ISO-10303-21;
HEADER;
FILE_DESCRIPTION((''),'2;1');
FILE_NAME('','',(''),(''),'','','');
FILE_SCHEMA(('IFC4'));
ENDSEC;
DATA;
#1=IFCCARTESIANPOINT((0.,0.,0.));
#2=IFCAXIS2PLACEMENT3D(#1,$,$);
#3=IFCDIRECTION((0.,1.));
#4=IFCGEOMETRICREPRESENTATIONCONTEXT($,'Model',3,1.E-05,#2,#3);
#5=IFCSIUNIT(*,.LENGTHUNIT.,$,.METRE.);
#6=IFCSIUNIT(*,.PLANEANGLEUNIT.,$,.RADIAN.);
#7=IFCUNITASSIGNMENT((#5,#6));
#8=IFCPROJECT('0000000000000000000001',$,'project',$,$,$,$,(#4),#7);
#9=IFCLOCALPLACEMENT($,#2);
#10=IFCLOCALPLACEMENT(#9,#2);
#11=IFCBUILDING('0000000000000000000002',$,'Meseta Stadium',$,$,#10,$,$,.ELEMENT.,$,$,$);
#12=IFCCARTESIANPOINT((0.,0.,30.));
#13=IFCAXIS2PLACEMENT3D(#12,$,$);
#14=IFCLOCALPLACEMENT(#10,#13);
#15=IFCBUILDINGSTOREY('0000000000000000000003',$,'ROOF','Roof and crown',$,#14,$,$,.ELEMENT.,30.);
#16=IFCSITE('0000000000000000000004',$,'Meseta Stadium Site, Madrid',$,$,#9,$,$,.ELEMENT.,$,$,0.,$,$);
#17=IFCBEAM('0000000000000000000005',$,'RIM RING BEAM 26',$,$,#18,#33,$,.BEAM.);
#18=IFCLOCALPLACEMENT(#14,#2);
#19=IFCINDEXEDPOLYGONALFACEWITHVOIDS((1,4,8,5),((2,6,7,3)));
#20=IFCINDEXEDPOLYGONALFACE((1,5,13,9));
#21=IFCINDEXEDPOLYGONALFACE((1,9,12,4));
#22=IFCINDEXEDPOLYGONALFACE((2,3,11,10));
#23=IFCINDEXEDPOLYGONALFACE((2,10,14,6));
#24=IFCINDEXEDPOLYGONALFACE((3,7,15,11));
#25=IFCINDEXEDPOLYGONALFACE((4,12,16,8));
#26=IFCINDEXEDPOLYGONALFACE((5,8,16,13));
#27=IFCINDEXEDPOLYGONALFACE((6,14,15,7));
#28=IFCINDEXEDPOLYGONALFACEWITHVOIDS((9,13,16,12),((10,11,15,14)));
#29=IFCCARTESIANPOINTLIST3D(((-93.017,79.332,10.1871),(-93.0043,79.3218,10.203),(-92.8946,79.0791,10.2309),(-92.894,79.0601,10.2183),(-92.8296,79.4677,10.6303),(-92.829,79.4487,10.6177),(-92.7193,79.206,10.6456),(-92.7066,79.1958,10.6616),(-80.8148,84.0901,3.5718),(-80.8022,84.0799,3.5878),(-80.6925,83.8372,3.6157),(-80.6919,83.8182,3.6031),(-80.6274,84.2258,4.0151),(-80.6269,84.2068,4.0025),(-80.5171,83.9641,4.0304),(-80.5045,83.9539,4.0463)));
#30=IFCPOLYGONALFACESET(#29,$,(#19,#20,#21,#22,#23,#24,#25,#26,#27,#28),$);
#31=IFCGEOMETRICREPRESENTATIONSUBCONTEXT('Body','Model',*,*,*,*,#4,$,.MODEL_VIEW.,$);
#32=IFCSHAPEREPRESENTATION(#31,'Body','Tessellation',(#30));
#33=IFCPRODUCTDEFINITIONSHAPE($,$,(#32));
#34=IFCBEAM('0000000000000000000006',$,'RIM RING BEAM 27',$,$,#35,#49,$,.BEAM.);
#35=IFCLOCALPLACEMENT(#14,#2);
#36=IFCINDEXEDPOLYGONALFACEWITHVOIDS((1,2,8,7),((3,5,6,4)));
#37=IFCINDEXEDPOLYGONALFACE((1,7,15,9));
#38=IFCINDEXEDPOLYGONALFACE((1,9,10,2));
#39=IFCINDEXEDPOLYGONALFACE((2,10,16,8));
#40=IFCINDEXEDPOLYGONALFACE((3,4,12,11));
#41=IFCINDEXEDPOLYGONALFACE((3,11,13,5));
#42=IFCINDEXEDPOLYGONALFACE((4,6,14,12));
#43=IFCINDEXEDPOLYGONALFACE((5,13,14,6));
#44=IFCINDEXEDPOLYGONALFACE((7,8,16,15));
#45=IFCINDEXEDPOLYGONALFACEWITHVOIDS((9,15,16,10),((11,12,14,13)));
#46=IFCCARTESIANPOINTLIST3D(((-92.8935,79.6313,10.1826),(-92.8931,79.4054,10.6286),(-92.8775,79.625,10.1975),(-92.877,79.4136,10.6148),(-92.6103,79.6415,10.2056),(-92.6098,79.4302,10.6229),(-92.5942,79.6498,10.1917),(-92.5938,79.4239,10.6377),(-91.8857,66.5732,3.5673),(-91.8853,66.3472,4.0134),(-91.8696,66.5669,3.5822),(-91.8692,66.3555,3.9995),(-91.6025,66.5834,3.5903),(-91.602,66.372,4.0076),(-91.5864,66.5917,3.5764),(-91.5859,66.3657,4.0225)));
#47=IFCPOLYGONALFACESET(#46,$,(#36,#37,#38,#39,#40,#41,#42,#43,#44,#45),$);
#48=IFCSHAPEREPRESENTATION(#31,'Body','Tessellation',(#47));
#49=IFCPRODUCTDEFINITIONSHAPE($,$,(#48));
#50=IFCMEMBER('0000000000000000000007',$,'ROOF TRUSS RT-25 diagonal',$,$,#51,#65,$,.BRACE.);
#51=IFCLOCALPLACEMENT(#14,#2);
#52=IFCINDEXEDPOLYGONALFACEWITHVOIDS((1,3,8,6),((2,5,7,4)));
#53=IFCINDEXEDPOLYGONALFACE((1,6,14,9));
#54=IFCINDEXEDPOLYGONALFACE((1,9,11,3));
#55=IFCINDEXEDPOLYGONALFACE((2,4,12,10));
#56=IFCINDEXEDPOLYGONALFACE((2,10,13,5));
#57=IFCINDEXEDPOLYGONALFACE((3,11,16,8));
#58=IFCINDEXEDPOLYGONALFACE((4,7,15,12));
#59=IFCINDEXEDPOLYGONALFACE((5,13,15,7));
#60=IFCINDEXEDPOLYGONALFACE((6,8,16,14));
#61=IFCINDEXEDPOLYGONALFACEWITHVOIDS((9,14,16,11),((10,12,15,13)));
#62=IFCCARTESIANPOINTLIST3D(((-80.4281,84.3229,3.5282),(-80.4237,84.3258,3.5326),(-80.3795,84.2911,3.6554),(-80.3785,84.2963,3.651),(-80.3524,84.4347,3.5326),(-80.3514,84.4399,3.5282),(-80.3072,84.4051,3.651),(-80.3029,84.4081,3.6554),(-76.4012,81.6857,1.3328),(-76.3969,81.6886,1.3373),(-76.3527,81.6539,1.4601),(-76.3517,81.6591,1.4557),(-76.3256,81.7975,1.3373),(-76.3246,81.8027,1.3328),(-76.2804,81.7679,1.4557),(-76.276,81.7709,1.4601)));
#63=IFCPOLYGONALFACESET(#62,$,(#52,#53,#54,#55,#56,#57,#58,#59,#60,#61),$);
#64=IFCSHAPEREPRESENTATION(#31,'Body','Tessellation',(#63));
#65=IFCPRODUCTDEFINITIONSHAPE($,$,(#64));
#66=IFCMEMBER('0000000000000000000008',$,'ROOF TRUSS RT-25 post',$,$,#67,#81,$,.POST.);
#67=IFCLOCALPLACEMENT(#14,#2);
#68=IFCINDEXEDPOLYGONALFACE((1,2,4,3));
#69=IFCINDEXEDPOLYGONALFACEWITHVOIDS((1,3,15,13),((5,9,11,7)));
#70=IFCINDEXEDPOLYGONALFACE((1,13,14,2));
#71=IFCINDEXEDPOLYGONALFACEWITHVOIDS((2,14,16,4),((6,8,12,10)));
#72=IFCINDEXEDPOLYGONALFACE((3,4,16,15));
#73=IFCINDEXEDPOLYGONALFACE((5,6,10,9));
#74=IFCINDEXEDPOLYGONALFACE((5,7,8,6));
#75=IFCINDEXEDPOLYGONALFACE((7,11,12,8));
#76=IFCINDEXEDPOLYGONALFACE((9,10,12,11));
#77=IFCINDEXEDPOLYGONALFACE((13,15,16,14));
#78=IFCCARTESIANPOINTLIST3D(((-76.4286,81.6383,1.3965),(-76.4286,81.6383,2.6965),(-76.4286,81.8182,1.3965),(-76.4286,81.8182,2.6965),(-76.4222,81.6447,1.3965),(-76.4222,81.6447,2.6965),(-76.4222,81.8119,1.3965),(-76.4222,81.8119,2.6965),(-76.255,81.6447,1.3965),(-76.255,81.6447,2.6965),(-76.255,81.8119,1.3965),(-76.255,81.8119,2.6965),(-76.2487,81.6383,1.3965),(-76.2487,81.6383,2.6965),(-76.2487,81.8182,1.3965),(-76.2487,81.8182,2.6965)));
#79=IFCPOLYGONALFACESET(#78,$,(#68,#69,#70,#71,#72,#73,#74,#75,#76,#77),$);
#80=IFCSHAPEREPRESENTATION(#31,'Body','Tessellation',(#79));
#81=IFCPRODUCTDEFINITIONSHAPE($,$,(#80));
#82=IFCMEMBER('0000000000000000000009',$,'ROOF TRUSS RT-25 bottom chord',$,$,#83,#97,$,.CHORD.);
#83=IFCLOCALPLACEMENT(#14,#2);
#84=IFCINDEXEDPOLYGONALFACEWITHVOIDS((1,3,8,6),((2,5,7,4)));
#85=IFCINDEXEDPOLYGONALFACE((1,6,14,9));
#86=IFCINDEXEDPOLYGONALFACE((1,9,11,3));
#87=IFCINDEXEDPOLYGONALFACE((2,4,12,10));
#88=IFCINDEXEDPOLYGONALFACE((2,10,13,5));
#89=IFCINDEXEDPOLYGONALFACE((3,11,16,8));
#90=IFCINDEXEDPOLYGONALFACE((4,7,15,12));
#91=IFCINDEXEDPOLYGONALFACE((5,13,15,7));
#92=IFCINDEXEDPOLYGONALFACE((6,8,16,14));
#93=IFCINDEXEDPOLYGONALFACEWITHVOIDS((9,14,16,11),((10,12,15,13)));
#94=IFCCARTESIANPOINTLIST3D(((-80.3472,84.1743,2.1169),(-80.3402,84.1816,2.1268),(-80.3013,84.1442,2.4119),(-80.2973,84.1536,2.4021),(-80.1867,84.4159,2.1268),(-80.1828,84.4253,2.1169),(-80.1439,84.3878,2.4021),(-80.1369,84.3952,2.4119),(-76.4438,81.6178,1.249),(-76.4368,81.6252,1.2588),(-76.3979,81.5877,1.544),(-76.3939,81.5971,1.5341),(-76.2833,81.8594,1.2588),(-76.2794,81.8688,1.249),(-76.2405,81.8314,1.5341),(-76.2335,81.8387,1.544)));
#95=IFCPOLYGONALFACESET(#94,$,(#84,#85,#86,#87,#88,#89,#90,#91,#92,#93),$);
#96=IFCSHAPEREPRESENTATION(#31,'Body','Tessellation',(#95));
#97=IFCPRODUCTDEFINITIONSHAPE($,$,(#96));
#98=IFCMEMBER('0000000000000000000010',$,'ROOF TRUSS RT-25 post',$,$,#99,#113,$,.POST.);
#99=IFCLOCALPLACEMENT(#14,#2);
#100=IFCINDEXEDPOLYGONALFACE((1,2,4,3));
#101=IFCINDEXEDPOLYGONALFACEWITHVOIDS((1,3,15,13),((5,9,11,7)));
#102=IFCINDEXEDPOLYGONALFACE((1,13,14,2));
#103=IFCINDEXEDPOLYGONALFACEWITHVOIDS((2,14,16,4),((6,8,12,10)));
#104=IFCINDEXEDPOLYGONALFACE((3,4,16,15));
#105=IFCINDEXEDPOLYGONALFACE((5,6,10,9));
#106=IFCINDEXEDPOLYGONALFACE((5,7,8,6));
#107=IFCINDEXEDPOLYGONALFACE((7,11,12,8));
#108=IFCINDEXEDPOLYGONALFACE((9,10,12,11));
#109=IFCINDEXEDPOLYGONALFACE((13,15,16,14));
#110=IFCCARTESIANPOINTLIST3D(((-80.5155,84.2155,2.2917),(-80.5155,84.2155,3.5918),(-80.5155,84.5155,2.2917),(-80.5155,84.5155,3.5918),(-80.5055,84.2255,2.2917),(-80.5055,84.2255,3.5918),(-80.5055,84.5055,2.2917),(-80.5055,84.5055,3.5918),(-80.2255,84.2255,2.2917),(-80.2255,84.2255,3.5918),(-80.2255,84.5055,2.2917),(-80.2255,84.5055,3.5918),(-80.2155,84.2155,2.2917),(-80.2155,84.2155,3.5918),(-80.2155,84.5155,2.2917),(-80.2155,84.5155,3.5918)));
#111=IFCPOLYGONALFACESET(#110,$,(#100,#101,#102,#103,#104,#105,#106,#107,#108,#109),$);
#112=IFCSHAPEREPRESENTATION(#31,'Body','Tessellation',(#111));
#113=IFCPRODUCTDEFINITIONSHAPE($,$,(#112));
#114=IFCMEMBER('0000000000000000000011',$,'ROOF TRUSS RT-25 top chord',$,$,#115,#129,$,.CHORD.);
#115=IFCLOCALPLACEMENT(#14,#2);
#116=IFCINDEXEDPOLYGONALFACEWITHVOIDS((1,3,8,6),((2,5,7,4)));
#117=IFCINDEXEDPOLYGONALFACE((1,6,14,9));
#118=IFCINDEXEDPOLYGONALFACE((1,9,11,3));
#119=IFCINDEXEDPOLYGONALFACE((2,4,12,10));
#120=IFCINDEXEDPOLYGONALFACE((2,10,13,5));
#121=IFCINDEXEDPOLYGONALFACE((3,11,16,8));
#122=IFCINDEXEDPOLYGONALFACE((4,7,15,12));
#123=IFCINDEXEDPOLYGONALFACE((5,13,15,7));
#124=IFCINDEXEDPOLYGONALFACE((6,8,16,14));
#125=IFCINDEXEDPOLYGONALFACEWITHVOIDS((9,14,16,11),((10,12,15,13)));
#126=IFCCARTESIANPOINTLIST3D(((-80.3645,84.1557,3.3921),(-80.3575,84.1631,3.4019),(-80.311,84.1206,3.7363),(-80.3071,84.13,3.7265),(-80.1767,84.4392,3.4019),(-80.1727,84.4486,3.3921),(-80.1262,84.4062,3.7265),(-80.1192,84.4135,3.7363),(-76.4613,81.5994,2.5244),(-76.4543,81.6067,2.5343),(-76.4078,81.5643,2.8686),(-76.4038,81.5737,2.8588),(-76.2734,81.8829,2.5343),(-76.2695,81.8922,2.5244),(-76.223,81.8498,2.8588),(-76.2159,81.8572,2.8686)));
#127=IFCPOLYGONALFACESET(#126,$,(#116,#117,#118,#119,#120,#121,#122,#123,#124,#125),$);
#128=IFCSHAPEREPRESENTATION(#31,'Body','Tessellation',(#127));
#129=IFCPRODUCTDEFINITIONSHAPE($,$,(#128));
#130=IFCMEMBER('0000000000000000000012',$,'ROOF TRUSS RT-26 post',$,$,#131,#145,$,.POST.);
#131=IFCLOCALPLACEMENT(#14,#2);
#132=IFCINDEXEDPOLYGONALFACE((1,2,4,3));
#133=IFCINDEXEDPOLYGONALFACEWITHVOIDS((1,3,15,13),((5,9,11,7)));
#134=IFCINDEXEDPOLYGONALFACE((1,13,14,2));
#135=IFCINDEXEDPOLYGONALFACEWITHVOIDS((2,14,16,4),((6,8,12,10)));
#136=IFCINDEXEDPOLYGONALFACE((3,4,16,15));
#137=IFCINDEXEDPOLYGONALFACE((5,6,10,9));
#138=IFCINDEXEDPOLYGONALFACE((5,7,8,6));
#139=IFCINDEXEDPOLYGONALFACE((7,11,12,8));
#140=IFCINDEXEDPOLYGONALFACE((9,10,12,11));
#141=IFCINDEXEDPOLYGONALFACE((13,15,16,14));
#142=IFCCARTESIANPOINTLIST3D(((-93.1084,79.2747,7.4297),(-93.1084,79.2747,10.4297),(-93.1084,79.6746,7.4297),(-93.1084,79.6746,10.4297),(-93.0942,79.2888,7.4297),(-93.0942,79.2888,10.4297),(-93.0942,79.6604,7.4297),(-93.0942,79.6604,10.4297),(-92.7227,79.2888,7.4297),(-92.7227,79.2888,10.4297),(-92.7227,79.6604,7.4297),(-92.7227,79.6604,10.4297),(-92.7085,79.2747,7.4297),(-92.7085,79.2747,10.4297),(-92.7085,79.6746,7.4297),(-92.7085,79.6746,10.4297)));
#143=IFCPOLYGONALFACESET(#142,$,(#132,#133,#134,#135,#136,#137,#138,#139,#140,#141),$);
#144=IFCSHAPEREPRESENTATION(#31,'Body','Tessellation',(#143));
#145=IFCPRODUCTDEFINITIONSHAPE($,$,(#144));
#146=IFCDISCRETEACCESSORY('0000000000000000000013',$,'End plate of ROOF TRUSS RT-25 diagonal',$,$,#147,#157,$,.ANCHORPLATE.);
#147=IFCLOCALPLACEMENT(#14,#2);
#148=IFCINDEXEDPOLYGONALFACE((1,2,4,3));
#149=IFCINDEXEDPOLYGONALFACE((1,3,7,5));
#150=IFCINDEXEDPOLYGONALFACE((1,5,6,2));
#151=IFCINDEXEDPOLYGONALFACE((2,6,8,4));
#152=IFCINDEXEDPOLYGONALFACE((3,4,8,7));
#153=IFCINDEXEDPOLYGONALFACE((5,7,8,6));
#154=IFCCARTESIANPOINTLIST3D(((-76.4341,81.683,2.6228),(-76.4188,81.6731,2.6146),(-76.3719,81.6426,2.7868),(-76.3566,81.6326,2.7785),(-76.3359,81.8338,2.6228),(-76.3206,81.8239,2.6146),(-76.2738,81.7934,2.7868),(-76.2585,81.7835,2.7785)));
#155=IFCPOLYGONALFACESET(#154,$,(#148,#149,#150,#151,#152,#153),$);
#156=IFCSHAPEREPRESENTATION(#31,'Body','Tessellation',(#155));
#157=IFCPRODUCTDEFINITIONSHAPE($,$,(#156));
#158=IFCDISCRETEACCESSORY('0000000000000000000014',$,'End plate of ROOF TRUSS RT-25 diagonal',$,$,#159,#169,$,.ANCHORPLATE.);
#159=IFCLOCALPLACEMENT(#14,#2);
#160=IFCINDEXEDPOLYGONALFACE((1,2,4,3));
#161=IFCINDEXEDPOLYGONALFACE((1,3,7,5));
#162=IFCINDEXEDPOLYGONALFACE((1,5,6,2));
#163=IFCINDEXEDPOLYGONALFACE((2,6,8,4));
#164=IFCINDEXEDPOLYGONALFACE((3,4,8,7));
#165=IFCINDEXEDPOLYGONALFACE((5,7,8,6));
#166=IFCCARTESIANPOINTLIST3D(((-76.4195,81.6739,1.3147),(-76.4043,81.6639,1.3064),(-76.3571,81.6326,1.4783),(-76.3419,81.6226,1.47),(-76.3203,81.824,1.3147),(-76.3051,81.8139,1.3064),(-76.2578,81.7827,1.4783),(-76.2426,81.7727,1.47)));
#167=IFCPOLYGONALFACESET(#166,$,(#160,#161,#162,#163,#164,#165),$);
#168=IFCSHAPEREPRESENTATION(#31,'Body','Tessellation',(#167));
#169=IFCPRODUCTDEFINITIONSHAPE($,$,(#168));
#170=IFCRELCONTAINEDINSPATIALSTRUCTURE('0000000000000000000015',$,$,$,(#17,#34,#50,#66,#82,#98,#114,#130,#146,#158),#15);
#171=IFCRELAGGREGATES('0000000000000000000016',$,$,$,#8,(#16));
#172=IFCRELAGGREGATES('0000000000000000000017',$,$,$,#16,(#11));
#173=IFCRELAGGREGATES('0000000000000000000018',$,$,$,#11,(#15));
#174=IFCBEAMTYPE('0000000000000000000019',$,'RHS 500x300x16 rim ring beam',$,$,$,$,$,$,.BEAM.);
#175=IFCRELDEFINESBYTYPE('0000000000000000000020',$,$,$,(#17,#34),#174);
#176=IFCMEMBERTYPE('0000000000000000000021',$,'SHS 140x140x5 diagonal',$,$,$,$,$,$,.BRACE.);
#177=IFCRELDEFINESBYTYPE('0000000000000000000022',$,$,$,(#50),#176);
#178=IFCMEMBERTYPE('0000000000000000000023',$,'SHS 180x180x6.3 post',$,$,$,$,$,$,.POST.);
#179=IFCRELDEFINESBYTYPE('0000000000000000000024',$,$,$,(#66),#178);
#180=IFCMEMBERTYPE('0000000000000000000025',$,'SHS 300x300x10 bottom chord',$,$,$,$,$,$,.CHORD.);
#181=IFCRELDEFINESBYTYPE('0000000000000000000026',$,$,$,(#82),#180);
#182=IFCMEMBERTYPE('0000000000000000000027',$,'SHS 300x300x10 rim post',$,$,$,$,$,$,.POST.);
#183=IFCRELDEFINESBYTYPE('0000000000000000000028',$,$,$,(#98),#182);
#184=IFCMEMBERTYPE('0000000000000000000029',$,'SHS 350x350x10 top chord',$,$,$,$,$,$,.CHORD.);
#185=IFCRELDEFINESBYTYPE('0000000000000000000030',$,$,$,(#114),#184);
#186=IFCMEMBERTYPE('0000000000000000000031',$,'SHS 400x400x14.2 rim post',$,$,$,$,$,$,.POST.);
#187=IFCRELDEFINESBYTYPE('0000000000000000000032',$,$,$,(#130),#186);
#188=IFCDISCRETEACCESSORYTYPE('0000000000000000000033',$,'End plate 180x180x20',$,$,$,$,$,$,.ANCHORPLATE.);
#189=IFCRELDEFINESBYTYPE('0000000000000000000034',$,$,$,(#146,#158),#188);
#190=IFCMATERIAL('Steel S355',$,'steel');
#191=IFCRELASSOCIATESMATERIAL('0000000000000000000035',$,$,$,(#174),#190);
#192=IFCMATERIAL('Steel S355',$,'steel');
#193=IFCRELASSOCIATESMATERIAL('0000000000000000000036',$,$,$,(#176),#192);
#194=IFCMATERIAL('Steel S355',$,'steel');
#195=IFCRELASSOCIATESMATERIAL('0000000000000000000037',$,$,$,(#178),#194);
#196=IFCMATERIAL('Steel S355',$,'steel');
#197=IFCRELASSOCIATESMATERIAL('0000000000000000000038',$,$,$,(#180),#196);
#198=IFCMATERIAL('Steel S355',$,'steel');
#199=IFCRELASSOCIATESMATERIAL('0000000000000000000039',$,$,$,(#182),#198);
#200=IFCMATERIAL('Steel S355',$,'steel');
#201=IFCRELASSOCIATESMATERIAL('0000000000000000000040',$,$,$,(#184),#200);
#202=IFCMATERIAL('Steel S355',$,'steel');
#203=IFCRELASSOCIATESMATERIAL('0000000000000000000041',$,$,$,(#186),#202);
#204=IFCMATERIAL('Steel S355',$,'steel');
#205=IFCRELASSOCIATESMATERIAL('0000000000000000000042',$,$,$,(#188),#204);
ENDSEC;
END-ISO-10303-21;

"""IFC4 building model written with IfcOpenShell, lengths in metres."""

from ifc_helpers import new_model, si_unit, direction, frame, origin, origin_2d, place, context, subcontext, project, spatial, rectangle, hollow_rectangle, extrude, material, material_profile, profile_set, type_object, element, save


model = new_model("IFC4")

# Units and contexts
model_context = context("Model", 3, precision=1e-05, world=origin(), true_north=direction((0.0, 1.0)))
body_context = subcontext(model_context, "Body", "Model", "MODEL_VIEW")
ifc_project = project(units=[si_unit("LENGTHUNIT", "METRE"), si_unit("PLANEANGLEUNIT", "RADIAN")], contexts=[model_context])

# Site, building, storey
site_placement = place(None, origin())
site = spatial("IfcSite", under=ifc_project, at=site_placement, Name="Meseta Stadium Site, Madrid", CompositionType="ELEMENT", RefElevation=0.0)
building_placement = place(site_placement, origin())
building = spatial("IfcBuilding", under=site, at=building_placement, Name="Meseta Stadium", CompositionType="ELEMENT")
storey_placement = place(building_placement, frame((0.0, 0.0, 30.0)))
storey = spatial("IfcBuildingStorey", under=building, at=storey_placement, Name="ROOF", Description="Roof and crown", CompositionType="ELEMENT", Elevation=30.0)

# Beams
ifc_material_1 = material(Name="Steel S355", Category="steel")
ifc_material_profile_1 = material_profile(ifc_material_1, hollow_rectangle(XDim=0.3, YDim=0.5, WallThickness=0.0161, at=origin_2d()), Name="RHS 500x300x16")
ifc_profile_set_1 = profile_set([ifc_material_profile_1], Name="Steel S355")
beam_type = type_object("IfcBeamType", Name="RHS 500x300x16 rim ring beam", PredefinedType="BEAM", material=ifc_profile_set_1)
for number, where, z_axis, x_axis, name in (
    (1, (-80.6597, 84.022, 3.8091), (-0.831613, -0.324276, 0.450848), (0.40981, -0.906209, 0.104119), "RIM RING BEAM 26"),
    (2, (-92.7437, 79.5276, 10.4102), (0.068686, -0.889953, -0.45085), (0.997638, 0.061677, 0.03024), "RIM RING BEAM 27"),
):
    element("IfcBeam", number, at=place(storey_placement, frame(where, z_axis=z_axis, x_axis=x_axis)), inside=storey, type_object=beam_type, Name=name, PredefinedType="BEAM", context=body_context, shape_type="SweptSolid", body=[
        extrude(hollow_rectangle(XDim=0.3, YDim=0.5, WallThickness=0.0161, at=origin_2d()), origin(), (0.0, 0.0, 1.0), 14.6729),
    ])

# Members
ifc_material_2 = material(Name="Steel S355", Category="steel")
ifc_material_profile_2 = material_profile(ifc_material_2, hollow_rectangle(XDim=0.1399, YDim=0.1399, WallThickness=0.0049, at=origin_2d()), Name="SHS 140x140x5")
ifc_profile_set_2 = profile_set([ifc_material_profile_2], Name="Steel S355")
member_type_1 = type_object("IfcMemberType", Name="SHS 140x140x5 diagonal", PredefinedType="BRACE", material=ifc_profile_set_2)
member_1_placement = place(storey_placement, frame((-76.3386, 81.7283, 1.3965), z_axis=(-0.761142, 0.498476, 0.41495), x_axis=(-0.54787, -0.836564, 0.0)))
element("IfcMember", 3, at=member_1_placement, inside=storey, type_object=member_type_1, Name="ROOF TRUSS RT-25 diagonal", PredefinedType="BRACE", context=body_context, shape_type="SweptSolid", body=[
    extrude(hollow_rectangle(XDim=0.1399, YDim=0.1399, WallThickness=0.0049, at=origin_2d()), origin(), (0.0, 0.0, 1.0), 5.2905),
])
ifc_material_3 = material(Name="Steel S355", Category="steel")
ifc_material_profile_3 = material_profile(ifc_material_3, hollow_rectangle(XDim=0.1799, YDim=0.1799, WallThickness=0.0063, at=origin_2d()), Name="SHS 180x180x6.3")
ifc_profile_set_3 = profile_set([ifc_material_profile_3], Name="Steel S355")
member_type_2 = type_object("IfcMemberType", Name="SHS 180x180x6.3 post", PredefinedType="POST", material=ifc_profile_set_3)
member_2_placement = place(storey_placement, frame((-76.3386, 81.7283, 1.3965), z_axis=(0.0, 0.0, 1.0), x_axis=(1.0, 0.0, 0.0)))
element("IfcMember", 4, at=member_2_placement, inside=storey, type_object=member_type_2, Name="ROOF TRUSS RT-25 post", PredefinedType="POST", context=body_context, shape_type="SweptSolid", body=[
    extrude(hollow_rectangle(XDim=0.1799, YDim=0.1799, WallThickness=0.0063, at=origin_2d()), origin(), (0.0, 0.0, 1.0), 1.3),
])
ifc_material_4 = material(Name="Steel S355", Category="steel")
ifc_material_profile_4 = material_profile(ifc_material_4, hollow_rectangle(XDim=0.3, YDim=0.3, WallThickness=0.01, at=origin_2d()), Name="SHS 300x300x10")
ifc_profile_set_4 = profile_set([ifc_material_profile_4], Name="Steel S355")
member_type_3 = type_object("IfcMemberType", Name="SHS 300x300x10 bottom chord", PredefinedType="CHORD", material=ifc_profile_set_4)
member_3_placement = place(storey_placement, frame((-76.3386, 81.7283, 1.3965), z_axis=(-0.822447, 0.538644, 0.182875), x_axis=(-0.547884, -0.836555, 0.0)))
element("IfcMember", 5, at=member_3_placement, inside=storey, type_object=member_type_3, Name="ROOF TRUSS RT-25 bottom chord", PredefinedType="CHORD", context=body_context, shape_type="SweptSolid", body=[
    extrude(hollow_rectangle(XDim=0.3, YDim=0.3, WallThickness=0.01, at=origin_2d()), origin(), (0.0, 0.0, 1.0), 4.7461),
])
ifc_material_5 = material(Name="Steel S355", Category="steel")
ifc_material_profile_5 = material_profile(ifc_material_5, hollow_rectangle(XDim=0.3, YDim=0.3, WallThickness=0.01, at=origin_2d()), Name="SHS 300x300x10")
ifc_profile_set_5 = profile_set([ifc_material_profile_5], Name="Steel S355")
member_type_4 = type_object("IfcMemberType", Name="SHS 300x300x10 rim post", PredefinedType="POST", material=ifc_profile_set_5)
member_4_placement = place(storey_placement, frame((-80.3655, 84.3655, 2.2917), z_axis=(0.0, 0.0, 1.0), x_axis=(1.0, 0.0, 0.0)))
element("IfcMember", 6, at=member_4_placement, inside=storey, type_object=member_type_4, Name="ROOF TRUSS RT-25 post", PredefinedType="POST", context=body_context, shape_type="SweptSolid", body=[
    extrude(hollow_rectangle(XDim=0.3, YDim=0.3, WallThickness=0.01, at=origin_2d()), origin(), (0.0, 0.0, 1.0), 1.3),
])
ifc_material_6 = material(Name="Steel S355", Category="steel")
ifc_material_profile_6 = material_profile(ifc_material_6, hollow_rectangle(XDim=0.3501, YDim=0.3501, WallThickness=0.01, at=origin_2d()), Name="SHS 350x350x10")
ifc_profile_set_6 = profile_set([ifc_material_profile_6], Name="Steel S355")
member_type_5 = type_object("IfcMemberType", Name="SHS 350x350x10 top chord", PredefinedType="CHORD", material=ifc_profile_set_6)
member_5_placement = place(storey_placement, frame((-76.3386, 81.7283, 2.6965), z_axis=(-0.822455, 0.538649, 0.182825), x_axis=(-0.547884, -0.836555, 0.0)))
element("IfcMember", 7, at=member_5_placement, inside=storey, type_object=member_type_5, Name="ROOF TRUSS RT-25 top chord", PredefinedType="CHORD", context=body_context, shape_type="SweptSolid", body=[
    extrude(hollow_rectangle(XDim=0.3501, YDim=0.3501, WallThickness=0.01, at=origin_2d()), origin(), (0.0, 0.0, 1.0), 4.7458),
])
ifc_material_7 = material(Name="Steel S355", Category="steel")
ifc_material_profile_7 = material_profile(ifc_material_7, hollow_rectangle(XDim=0.3999, YDim=0.3999, WallThickness=0.0142, at=origin_2d()), Name="SHS 400x400x14.2")
ifc_profile_set_7 = profile_set([ifc_material_profile_7], Name="Steel S355")
member_type_6 = type_object("IfcMemberType", Name="SHS 400x400x14.2 rim post", PredefinedType="POST", material=ifc_profile_set_7)
member_6_placement = place(storey_placement, frame((-92.9084, 79.4746, 7.4297), z_axis=(0.0, 0.0, 1.0), x_axis=(1.0, 0.0, 0.0)))
element("IfcMember", 8, at=member_6_placement, inside=storey, type_object=member_type_6, Name="ROOF TRUSS RT-26 post", PredefinedType="POST", context=body_context, shape_type="SweptSolid", body=[
    extrude(hollow_rectangle(XDim=0.3999, YDim=0.3999, WallThickness=0.0142, at=origin_2d()), origin(), (0.0, 0.0, 1.0), 3.0),
])

# Discrete accessories
ifc_material_8 = material(Name="Steel S355", Category="steel")
ifc_material_profile_8 = material_profile(ifc_material_8, rectangle(XDim=0.1799, YDim=0.1799, at=origin_2d()), Name="PL 180x180")
ifc_profile_set_8 = profile_set([ifc_material_profile_8], Name="Steel S355")
discrete_accessory_type_1 = type_object("IfcDiscreteAccessoryType", Name="End plate 180x180x20", PredefinedType="ANCHORPLATE", material=ifc_profile_set_8)
for number, where, z_axis, x_axis, name in (
    (9, (-76.3386, 81.7283, 2.6965), (-0.76365, 0.496979, 0.412129), (-0.545456, -0.83814, 0.0), "End plate of ROOF TRUSS RT-25 diagonal"),
    (10, (-76.3235, 81.7183, 1.3882), (-0.758527, 0.501606, 0.415966), (-0.551592, -0.834114, 0.0), "End plate of ROOF TRUSS RT-25 diagonal"),
):
    element("IfcDiscreteAccessory", number, at=place(storey_placement, frame(where, z_axis=z_axis, x_axis=x_axis)), inside=storey, type_object=discrete_accessory_type_1, Name=name, PredefinedType="ANCHORPLATE", context=body_context, shape_type="SweptSolid", body=[
        extrude(rectangle(XDim=0.1799, YDim=0.1799, at=origin_2d()), origin(), (0.0, 0.0, 1.0), 0.02),
    ])

save(model, "model.ifc")
